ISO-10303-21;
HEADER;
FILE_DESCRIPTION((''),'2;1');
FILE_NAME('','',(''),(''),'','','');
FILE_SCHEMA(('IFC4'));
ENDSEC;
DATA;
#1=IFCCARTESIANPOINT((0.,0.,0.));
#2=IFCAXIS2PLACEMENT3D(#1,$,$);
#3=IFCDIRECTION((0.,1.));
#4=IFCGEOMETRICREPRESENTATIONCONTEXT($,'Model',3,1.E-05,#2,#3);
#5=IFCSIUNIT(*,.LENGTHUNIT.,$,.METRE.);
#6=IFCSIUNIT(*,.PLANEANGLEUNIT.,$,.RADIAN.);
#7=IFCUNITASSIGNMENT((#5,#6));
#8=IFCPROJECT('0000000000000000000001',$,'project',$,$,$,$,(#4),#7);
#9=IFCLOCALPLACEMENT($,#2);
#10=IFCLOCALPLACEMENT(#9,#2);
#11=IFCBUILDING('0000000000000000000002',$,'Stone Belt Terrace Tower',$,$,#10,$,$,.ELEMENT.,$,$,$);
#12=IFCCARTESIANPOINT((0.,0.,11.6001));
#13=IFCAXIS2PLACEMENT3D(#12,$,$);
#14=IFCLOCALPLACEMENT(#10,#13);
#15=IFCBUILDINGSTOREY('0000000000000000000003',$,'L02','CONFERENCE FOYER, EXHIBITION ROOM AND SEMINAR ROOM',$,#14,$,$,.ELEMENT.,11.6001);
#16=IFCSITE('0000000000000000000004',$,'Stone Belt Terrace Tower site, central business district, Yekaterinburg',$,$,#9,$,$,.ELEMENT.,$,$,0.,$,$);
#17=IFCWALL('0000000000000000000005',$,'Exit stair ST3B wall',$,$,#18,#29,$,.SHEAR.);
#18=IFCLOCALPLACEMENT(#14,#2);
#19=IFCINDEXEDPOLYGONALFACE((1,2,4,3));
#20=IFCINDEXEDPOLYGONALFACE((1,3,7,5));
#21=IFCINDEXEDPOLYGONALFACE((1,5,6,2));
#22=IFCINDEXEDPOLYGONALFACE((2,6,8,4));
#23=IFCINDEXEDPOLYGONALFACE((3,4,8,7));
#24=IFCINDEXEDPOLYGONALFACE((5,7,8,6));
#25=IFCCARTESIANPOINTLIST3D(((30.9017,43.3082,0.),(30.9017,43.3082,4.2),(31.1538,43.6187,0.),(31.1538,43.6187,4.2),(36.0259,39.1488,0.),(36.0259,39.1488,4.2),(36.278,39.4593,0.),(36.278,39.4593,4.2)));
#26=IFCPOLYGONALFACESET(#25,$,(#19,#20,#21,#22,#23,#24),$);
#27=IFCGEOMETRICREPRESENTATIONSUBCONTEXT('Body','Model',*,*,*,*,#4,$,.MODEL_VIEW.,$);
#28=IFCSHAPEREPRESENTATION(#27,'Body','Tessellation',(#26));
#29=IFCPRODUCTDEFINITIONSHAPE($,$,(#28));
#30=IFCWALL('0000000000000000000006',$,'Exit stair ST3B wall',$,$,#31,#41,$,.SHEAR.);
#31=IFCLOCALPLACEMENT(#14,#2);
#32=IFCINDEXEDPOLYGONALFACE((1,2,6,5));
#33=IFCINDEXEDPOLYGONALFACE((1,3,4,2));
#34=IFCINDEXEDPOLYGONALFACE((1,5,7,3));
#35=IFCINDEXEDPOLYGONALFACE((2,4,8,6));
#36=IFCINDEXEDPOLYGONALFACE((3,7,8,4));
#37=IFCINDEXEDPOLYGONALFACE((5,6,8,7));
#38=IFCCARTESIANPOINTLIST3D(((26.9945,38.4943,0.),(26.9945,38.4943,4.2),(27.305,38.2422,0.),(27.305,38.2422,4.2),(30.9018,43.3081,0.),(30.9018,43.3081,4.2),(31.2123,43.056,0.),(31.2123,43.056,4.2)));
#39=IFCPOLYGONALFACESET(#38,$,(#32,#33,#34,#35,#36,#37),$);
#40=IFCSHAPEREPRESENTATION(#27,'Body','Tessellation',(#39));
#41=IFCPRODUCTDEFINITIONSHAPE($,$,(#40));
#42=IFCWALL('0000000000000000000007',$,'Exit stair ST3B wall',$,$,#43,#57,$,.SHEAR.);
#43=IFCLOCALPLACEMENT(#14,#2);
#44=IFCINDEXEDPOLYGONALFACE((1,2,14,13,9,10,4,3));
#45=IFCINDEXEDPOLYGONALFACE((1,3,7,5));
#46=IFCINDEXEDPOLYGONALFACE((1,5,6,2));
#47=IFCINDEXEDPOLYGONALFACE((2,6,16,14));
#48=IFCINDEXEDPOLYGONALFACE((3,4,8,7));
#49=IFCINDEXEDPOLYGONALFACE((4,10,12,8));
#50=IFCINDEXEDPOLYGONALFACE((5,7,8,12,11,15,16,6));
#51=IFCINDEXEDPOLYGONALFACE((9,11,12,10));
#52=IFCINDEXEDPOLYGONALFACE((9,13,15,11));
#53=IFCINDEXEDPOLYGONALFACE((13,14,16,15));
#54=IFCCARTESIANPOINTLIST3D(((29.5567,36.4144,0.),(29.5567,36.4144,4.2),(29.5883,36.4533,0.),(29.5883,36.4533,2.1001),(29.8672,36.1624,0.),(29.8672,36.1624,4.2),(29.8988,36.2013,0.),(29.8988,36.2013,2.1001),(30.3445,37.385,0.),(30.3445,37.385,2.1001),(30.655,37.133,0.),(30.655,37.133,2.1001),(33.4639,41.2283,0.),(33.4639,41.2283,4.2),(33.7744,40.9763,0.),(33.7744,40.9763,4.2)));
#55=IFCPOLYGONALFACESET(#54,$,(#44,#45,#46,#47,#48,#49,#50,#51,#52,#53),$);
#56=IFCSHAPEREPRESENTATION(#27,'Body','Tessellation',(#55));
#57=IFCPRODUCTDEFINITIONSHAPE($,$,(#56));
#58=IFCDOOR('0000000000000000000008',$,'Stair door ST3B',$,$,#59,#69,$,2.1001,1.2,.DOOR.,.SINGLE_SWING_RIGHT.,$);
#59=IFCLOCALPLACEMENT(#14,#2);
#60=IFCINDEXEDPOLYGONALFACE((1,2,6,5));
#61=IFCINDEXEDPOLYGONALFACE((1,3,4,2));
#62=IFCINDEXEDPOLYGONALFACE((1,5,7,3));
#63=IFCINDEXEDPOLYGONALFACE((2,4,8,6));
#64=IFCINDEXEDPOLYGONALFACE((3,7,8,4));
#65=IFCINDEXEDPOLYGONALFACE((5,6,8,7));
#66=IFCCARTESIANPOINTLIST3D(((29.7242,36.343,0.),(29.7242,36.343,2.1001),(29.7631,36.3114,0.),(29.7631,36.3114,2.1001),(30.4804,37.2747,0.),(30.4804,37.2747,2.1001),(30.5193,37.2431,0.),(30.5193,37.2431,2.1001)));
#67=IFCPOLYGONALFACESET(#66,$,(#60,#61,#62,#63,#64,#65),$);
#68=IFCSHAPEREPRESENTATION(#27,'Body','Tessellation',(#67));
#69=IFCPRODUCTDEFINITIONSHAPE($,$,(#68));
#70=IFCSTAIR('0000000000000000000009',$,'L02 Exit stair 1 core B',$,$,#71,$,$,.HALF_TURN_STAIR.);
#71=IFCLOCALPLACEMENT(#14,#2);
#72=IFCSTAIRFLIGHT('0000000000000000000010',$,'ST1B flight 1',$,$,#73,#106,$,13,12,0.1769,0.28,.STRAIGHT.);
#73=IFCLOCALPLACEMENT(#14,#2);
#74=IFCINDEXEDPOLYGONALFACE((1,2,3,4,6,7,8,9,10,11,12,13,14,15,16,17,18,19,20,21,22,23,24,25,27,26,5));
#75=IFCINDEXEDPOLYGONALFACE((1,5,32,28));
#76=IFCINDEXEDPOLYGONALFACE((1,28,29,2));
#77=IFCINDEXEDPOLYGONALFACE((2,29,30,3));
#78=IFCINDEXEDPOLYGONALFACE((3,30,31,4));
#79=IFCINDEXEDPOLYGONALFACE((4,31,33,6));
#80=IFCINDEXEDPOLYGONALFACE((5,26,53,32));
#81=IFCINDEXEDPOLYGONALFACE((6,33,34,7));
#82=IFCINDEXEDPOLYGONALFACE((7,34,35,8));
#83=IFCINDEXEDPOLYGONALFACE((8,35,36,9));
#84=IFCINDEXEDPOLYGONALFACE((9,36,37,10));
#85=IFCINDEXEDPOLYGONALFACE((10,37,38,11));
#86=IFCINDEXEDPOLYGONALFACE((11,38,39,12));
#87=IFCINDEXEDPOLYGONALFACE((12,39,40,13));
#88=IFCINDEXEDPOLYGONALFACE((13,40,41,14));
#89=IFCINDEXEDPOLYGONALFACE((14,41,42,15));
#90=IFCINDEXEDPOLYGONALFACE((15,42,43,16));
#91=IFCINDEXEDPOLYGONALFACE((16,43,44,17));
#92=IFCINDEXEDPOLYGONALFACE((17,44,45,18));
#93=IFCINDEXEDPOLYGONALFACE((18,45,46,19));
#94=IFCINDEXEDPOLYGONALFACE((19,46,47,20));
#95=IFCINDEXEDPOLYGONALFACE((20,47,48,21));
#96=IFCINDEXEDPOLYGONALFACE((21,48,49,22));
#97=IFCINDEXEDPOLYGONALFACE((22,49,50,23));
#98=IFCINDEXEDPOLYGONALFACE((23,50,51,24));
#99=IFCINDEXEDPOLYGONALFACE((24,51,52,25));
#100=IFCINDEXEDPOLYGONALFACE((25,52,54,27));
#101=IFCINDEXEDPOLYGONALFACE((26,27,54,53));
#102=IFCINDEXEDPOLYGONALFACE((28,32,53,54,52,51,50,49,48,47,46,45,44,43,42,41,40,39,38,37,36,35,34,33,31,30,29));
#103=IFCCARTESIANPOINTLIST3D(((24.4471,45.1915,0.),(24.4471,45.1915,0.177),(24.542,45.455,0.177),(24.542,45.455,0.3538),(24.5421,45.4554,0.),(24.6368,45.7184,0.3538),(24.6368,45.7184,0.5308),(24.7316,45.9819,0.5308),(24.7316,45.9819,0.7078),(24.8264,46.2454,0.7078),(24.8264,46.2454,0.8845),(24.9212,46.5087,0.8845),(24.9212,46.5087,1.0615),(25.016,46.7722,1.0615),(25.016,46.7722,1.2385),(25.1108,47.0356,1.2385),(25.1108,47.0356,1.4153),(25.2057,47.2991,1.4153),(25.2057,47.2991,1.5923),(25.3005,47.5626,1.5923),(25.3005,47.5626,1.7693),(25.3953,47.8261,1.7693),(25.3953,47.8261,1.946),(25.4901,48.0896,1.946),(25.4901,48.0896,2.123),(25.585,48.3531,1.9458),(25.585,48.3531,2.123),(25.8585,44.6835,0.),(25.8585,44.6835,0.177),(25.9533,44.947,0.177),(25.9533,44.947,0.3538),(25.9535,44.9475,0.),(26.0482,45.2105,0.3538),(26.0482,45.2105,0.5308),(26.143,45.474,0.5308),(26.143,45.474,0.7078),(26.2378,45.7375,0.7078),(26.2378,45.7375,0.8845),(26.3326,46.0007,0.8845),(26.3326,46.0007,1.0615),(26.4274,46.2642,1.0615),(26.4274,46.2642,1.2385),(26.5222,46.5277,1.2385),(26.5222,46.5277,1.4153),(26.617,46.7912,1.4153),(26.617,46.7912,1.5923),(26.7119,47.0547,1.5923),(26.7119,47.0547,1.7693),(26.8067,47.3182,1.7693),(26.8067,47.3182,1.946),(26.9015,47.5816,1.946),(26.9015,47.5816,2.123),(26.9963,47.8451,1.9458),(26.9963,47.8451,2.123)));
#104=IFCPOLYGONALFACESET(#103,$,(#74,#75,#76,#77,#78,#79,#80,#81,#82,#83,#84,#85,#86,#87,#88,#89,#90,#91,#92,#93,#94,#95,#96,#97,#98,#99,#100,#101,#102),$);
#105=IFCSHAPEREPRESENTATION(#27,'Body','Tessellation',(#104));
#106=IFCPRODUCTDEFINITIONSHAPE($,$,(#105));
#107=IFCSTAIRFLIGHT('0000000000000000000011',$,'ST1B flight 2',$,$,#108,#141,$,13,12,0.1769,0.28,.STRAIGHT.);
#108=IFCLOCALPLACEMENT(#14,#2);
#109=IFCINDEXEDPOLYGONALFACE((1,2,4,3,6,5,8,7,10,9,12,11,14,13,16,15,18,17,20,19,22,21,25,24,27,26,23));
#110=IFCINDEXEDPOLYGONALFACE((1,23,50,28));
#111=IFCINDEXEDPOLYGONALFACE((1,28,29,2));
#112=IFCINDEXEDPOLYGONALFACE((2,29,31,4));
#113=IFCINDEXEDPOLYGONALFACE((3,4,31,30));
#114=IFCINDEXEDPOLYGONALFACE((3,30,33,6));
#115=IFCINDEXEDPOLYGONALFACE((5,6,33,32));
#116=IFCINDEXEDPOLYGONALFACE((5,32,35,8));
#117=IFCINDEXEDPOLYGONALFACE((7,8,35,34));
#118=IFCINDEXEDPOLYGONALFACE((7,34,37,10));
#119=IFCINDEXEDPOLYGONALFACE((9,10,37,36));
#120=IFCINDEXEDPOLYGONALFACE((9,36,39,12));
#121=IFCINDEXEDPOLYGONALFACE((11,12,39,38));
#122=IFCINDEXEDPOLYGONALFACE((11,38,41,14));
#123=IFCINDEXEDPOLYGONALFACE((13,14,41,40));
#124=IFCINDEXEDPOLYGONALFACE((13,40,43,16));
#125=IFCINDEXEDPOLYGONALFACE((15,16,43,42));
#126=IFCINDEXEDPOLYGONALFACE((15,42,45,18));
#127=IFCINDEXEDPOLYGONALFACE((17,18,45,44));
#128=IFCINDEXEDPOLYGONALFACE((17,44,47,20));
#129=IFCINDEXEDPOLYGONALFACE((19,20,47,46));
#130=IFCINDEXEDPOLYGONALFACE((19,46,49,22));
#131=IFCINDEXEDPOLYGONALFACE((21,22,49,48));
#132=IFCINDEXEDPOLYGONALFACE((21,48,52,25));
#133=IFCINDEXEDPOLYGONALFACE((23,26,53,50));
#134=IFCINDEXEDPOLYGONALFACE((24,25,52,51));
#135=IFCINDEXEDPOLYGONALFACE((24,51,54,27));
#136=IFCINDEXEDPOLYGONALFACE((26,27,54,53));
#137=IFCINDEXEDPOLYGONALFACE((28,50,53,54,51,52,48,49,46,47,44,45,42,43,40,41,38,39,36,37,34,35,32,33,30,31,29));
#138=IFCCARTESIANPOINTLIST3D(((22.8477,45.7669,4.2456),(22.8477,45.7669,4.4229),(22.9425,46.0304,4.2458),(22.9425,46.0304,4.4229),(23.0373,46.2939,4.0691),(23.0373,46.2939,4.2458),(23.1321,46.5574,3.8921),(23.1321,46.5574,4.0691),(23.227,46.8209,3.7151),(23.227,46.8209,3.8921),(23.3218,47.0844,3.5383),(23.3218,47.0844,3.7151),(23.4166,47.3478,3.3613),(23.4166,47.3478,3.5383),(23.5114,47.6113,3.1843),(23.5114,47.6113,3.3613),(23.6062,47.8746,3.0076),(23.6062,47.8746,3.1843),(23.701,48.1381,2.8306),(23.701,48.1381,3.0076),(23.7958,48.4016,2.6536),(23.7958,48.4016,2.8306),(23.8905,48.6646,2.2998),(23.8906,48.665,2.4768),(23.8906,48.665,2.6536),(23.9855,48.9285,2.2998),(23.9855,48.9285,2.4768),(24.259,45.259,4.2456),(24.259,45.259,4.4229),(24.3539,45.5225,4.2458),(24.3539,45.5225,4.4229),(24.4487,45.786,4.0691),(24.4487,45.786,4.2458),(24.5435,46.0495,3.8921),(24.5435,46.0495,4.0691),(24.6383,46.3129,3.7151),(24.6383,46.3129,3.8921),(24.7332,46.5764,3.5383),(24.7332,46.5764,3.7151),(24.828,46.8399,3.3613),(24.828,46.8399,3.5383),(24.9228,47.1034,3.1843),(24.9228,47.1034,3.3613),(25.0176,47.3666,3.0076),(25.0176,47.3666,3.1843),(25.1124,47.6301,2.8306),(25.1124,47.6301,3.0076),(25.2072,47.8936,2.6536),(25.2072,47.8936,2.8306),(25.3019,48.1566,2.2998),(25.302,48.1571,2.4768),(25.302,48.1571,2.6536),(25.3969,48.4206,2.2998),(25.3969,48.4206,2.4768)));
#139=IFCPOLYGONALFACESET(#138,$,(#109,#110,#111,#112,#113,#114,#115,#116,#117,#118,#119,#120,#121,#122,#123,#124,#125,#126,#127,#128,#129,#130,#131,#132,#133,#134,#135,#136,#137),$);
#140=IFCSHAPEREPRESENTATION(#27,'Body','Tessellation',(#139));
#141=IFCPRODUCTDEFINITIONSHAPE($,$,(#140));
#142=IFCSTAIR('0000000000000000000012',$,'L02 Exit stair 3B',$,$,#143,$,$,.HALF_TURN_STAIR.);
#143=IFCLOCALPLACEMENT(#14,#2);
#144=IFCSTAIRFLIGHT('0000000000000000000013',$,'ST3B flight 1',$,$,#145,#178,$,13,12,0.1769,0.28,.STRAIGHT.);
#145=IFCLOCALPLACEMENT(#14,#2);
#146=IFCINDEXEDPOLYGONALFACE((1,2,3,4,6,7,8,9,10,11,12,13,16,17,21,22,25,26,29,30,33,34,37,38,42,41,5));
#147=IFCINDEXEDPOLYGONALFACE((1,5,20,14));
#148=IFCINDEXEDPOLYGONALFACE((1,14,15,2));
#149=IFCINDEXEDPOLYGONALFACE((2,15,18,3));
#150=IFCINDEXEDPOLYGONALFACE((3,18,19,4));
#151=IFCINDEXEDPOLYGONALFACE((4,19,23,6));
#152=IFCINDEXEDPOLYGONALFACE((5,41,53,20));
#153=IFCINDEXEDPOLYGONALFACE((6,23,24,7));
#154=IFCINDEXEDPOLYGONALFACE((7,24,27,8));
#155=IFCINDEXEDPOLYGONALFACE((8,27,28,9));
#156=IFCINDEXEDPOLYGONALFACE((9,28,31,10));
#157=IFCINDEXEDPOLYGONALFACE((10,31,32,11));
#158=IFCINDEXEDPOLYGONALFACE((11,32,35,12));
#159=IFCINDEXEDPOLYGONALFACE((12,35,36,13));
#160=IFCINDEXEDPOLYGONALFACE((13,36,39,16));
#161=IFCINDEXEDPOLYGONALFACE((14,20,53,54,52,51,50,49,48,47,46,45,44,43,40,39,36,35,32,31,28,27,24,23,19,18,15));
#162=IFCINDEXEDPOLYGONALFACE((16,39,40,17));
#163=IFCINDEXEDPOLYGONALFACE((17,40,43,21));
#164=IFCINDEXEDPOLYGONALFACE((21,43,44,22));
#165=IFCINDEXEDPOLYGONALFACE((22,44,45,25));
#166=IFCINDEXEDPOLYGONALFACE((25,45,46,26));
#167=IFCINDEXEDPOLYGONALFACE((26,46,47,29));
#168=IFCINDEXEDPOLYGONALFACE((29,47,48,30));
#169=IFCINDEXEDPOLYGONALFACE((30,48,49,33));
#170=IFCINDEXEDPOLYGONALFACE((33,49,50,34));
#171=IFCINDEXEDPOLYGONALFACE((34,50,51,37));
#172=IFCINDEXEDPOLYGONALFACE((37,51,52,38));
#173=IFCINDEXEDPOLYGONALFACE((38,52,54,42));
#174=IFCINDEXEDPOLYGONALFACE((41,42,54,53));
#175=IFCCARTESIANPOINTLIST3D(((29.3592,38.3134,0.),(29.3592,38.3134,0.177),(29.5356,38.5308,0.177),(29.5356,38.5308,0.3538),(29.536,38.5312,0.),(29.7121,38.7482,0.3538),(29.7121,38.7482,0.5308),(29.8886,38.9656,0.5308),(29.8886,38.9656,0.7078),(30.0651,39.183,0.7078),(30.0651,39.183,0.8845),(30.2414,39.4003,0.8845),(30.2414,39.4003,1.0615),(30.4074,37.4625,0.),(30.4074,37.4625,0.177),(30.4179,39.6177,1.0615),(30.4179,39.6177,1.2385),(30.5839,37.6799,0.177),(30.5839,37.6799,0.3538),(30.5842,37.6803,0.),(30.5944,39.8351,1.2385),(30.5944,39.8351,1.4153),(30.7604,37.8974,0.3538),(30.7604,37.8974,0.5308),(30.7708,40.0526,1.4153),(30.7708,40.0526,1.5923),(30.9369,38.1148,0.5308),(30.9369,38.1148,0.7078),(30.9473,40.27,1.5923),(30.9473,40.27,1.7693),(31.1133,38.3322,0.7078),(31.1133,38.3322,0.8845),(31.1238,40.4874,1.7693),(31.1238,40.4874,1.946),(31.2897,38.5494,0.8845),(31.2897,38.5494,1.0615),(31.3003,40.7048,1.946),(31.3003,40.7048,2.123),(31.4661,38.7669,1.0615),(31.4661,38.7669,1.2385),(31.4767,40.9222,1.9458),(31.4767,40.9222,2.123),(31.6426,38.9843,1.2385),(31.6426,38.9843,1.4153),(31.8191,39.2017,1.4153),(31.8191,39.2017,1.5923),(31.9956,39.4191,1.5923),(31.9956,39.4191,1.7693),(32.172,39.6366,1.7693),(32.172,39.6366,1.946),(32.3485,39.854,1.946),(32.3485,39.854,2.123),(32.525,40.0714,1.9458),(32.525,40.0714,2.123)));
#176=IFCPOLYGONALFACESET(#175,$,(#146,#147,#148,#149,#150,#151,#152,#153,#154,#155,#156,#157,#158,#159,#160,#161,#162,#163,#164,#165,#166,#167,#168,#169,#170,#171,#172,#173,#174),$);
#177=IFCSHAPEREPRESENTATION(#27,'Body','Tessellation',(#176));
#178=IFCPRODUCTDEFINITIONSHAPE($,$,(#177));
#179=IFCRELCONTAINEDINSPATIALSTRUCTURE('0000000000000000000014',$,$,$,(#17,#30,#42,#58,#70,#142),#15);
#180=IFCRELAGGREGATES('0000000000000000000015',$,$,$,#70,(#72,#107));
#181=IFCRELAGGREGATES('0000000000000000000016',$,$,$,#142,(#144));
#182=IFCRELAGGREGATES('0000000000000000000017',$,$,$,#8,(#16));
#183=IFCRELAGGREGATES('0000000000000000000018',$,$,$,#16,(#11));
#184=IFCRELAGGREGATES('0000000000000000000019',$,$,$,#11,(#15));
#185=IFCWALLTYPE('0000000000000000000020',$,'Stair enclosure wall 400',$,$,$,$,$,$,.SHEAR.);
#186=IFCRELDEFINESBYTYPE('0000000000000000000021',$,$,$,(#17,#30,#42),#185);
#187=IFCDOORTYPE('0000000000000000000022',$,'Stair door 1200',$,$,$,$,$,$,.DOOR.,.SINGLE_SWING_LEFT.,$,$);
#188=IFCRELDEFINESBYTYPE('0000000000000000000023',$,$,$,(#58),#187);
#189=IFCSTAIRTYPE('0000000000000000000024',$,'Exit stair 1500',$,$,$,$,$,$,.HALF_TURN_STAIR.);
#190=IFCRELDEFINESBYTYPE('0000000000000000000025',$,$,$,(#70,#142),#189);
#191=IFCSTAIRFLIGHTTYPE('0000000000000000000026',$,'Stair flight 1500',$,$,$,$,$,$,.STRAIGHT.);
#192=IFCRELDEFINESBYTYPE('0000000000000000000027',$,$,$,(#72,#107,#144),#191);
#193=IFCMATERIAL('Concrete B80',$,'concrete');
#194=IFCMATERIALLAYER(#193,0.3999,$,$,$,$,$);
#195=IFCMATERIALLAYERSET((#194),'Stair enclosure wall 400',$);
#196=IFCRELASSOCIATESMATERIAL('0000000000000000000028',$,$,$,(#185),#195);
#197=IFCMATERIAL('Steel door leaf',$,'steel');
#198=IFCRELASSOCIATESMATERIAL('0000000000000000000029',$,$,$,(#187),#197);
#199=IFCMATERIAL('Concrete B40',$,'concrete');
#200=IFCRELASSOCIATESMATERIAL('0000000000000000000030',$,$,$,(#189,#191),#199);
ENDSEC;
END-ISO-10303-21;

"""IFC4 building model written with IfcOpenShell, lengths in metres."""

from ifc_helpers import new_model, si_unit, direction, frame, frame_2d, origin, place, context, subcontext, project, spatial, polyline, rectangle, outline, extrude, material, layer, layer_set, type_object, element, fill, aggregate, save


model = new_model("IFC4")

# Units and contexts
model_context = context("Model", 3, precision=1e-05, world=origin(), true_north=direction((0.0, 1.0)))
body_context = subcontext(model_context, "Body", "Model", "MODEL_VIEW")
ifc_project = project(units=[si_unit("LENGTHUNIT", "METRE"), si_unit("PLANEANGLEUNIT", "RADIAN")], contexts=[model_context])

# Site, building, storey
site_placement = place(None, origin())
site = spatial("IfcSite", under=ifc_project, at=site_placement, Name="Stone Belt Terrace Tower site, central business district, Yekaterinburg", CompositionType="ELEMENT", RefElevation=0.0)
building_placement = place(site_placement, origin())
building = spatial("IfcBuilding", under=site, at=building_placement, Name="Stone Belt Terrace Tower", CompositionType="ELEMENT")
storey_placement = place(building_placement, frame((0.0, 0.0, 11.6001)))
storey = spatial("IfcBuildingStorey", under=building, at=storey_placement, Name="L02", Description="CONFERENCE FOYER, EXHIBITION ROOM AND SEMINAR ROOM", CompositionType="ELEMENT", Elevation=11.6001)

# Shared definitions
ifc_material_1 = material(Name="Concrete B80", Category="concrete")

# Shared definitions
ifc_layer_1 = layer(ifc_material_1, 0.3999)
ifc_layer_set_1 = layer_set([ifc_layer_1], Name="Stair enclosure wall 400")
wall_type_1 = type_object("IfcWallType", Name="Stair enclosure wall 400", PredefinedType="SHEAR", material=ifc_layer_set_1)

# Walls
wall_1_placement = place(storey_placement, frame((31.0278, 43.4634, 0.0), z_axis=(0.0, 0.0, 1.0), x_axis=(0.776414, -0.630224, 0.0)))
element("IfcWall", 1, at=wall_1_placement, inside=storey, type_object=wall_type_1, Name="Exit stair ST3B wall", PredefinedType="SHEAR", context=body_context, shape_type="SweptSolid", body=[
    extrude(rectangle(XDim=6.5999, YDim=0.3999, at=frame_2d((3.2998, 0.0))), origin(), (0.0, 0.0, 1.0), 4.2),
])
wall_2_placement = place(storey_placement, frame((27.1497, 38.3682, 0.0), z_axis=(0.0, 0.0, 1.0), x_axis=(0.630212, 0.776423, 0.0)))
element("IfcWall", 2, at=wall_2_placement, inside=storey, type_object=wall_type_1, Name="Exit stair ST3B wall", PredefinedType="SHEAR", context=body_context, shape_type="SweptSolid", body=[
    extrude(rectangle(XDim=6.2, YDim=0.3999, at=frame_2d((3.1001, 0.0))), origin(), (0.0, 0.0, 1.0), 4.2),
])

# Wall, opening, door
wall_3_placement = place(storey_placement, frame((29.7119, 36.2883, 0.0), z_axis=(0.0, 0.0, 1.0), x_axis=(0.630192, 0.776439, 0.0)))
wall_3 = element("IfcWall", 3, at=wall_3_placement, inside=storey, type_object=wall_type_1, Name="Exit stair ST3B wall", PredefinedType="SHEAR", context=body_context, shape_type="SweptSolid", body=[
    extrude(rectangle(XDim=6.2, YDim=0.3999, at=frame_2d((3.1001, 0.0))), origin(), (0.0, 0.0, 1.0), 4.2),
])
opening_1_placement = place(wall_3_placement, frame((0.05, 0.0, 0.0)))
opening_1 = element("IfcOpeningElement", 4, at=opening_1_placement, cuts=wall_3, PredefinedType="OPENING", context=body_context, shape_type="SweptSolid", body=[
    extrude(rectangle(XDim=1.2, YDim=2.1001, at=frame_2d((0.6001, 1.05))), frame((0.0, 0.21, 0.0), z_axis=(0.0, -1.0, 0.0), x_axis=(1.0, 0.0, 0.0)), (0.0, 0.0, 1.0), 0.4199),
])
ifc_material_2 = material(Name="Steel door leaf", Category="steel")
door_type_1 = type_object("IfcDoorType", Name="Stair door 1200", OperationType="SINGLE_SWING_LEFT", PredefinedType="DOOR", material=ifc_material_2)
door_1_placement = place(opening_1_placement, origin())
door_1 = element("IfcDoor", 5, at=door_1_placement, inside=storey, type_object=door_type_1, Name="Stair door ST3B", OperationType="SINGLE_SWING_RIGHT", OverallHeight=2.1001, OverallWidth=1.2, PredefinedType="DOOR", context=body_context, shape_type="SweptSolid", body=[
    extrude(rectangle(XDim=1.2, YDim=2.1001, at=frame_2d((0.6001, 1.05))), frame((0.0, 0.0249, 0.0), z_axis=(0.0, -1.0, 0.0), x_axis=(1.0, 0.0, 0.0)), (0.0, 0.0, 1.0), 0.05),
])
fill(opening_1, door_1)

# Stairs, stair flights
ifc_material_3 = material(Name="Concrete B40", Category="concrete")
stair_type = type_object("IfcStairType", Name="Exit stair 1500", PredefinedType="HALF_TURN_STAIR", material=ifc_material_3)
stair_1_placement = place(storey_placement, origin())
stair_1 = element("IfcStair", 6, at=stair_1_placement, inside=storey, type_object=stair_type, Name="L02 Exit stair 1 core B", PredefinedType="HALF_TURN_STAIR")
stair_flight_type = type_object("IfcStairFlightType", Name="Stair flight 1500", PredefinedType="STRAIGHT", material=ifc_material_3)
stair_flight_1_placement = place(storey_placement, frame((25.1528, 44.9375, 0.0), z_axis=(0.0, 0.0, 1.0), x_axis=(0.338624, 0.940922, 0.0)))
stair_flight_1 = element("IfcStairFlight", 7, at=stair_flight_1_placement, type_object=stair_flight_type, Name="ST1B flight 1", NumberOfRisers=13, NumberOfTreads=12, PredefinedType="STRAIGHT", RiserHeight=0.1769, TreadLength=0.28, context=body_context, shape_type="SweptSolid", body=[
    extrude(outline(polyline([(0.0, 0.0), (0.0, 0.177), (0.28, 0.177), (0.28, 0.3538), (0.5601, 0.3538), (0.5601, 0.5308), (0.8401, 0.5308), (0.8401, 0.7078), (1.1201, 0.7078), (1.1201, 0.8845), (1.3999, 0.8845), (1.3999, 1.0615), (1.6799, 1.0615), (1.6799, 1.2385), (1.96, 1.2385), (1.96, 1.4153), (2.24, 1.4153), (2.24, 1.5923), (2.52, 1.5923), (2.52, 1.7693), (2.8, 1.7693), (2.8, 1.946), (3.0801, 1.946), (3.0801, 2.123), (3.3601, 2.123), (3.3601, 2.3), (3.3601, 1.9458), (0.2805, 0.0), (0.0, 0.0)])), frame((0.0, 0.75, 0.0), z_axis=(0.0, -1.0, 0.0), x_axis=(1.0, 0.0, 0.0)), (0.0, 0.0, 1.0), 1.5),
])
stair_flight_2_placement = place(storey_placement, frame((24.6912, 48.6746, 2.2998), z_axis=(0.0, 0.0, 1.0), x_axis=(-0.338624, -0.940922, 0.0)))
stair_flight_2 = element("IfcStairFlight", 8, at=stair_flight_2_placement, type_object=stair_flight_type, Name="ST1B flight 2", NumberOfRisers=13, NumberOfTreads=12, PredefinedType="STRAIGHT", RiserHeight=0.1769, TreadLength=0.28, context=body_context, shape_type="SweptSolid", body=[
    extrude(outline(polyline([(0.0, 0.0), (0.0, 0.177), (0.28, 0.177), (0.28, 0.3538), (0.5601, 0.3538), (0.5601, 0.5308), (0.8401, 0.5308), (0.8401, 0.7078), (1.1201, 0.7078), (1.1201, 0.8845), (1.3999, 0.8845), (1.3999, 1.0615), (1.6799, 1.0615), (1.6799, 1.2385), (1.96, 1.2385), (1.96, 1.4153), (2.24, 1.4153), (2.24, 1.5923), (2.52, 1.5923), (2.52, 1.7693), (2.8, 1.7693), (2.8, 1.946), (3.0801, 1.946), (3.0801, 2.123), (3.3601, 2.123), (3.3601, 2.3), (3.3601, 1.9458), (0.2805, 0.0), (0.0, 0.0)])), frame((0.0, 0.75, 0.0), z_axis=(0.0, -1.0, 0.0), x_axis=(1.0, 0.0, 0.0)), (0.0, 0.0, 1.0), 1.5),
])
aggregate(stair_1, [stair_flight_1, stair_flight_2])
stair_2_placement = place(storey_placement, origin())
stair_2 = element("IfcStair", 9, at=stair_2_placement, inside=storey, type_object=stair_type, Name="L02 Exit stair 3B", PredefinedType="HALF_TURN_STAIR")
stair_flight_3_placement = place(storey_placement, frame((29.8833, 37.8879, 0.0), z_axis=(0.0, 0.0, 1.0), x_axis=(0.630206, 0.776428, 0.0)))
stair_flight_3 = element("IfcStairFlight", 10, at=stair_flight_3_placement, type_object=stair_flight_type, Name="ST3B flight 1", NumberOfRisers=13, NumberOfTreads=12, PredefinedType="STRAIGHT", RiserHeight=0.1769, TreadLength=0.28, context=body_context, shape_type="SweptSolid", body=[
    extrude(outline(polyline([(0.0, 0.0), (0.0, 0.177), (0.28, 0.177), (0.28, 0.3538), (0.5601, 0.3538), (0.5601, 0.5308), (0.8401, 0.5308), (0.8401, 0.7078), (1.1201, 0.7078), (1.1201, 0.8845), (1.3999, 0.8845), (1.3999, 1.0615), (1.6799, 1.0615), (1.6799, 1.2385), (1.96, 1.2385), (1.96, 1.4153), (2.24, 1.4153), (2.24, 1.5923), (2.52, 1.5923), (2.52, 1.7693), (2.8, 1.7693), (2.8, 1.946), (3.0801, 1.946), (3.0801, 2.123), (3.3601, 2.123), (3.3601, 2.3), (3.3601, 1.9458), (0.2805, 0.0), (0.0, 0.0)])), frame((0.0, 0.675, 0.0), z_axis=(0.0, -1.0, 0.0), x_axis=(1.0, 0.0, 0.0)), (0.0, 0.0, 1.0), 1.3501),
])
aggregate(stair_2, [stair_flight_3])

save(model, "model.ifc")
